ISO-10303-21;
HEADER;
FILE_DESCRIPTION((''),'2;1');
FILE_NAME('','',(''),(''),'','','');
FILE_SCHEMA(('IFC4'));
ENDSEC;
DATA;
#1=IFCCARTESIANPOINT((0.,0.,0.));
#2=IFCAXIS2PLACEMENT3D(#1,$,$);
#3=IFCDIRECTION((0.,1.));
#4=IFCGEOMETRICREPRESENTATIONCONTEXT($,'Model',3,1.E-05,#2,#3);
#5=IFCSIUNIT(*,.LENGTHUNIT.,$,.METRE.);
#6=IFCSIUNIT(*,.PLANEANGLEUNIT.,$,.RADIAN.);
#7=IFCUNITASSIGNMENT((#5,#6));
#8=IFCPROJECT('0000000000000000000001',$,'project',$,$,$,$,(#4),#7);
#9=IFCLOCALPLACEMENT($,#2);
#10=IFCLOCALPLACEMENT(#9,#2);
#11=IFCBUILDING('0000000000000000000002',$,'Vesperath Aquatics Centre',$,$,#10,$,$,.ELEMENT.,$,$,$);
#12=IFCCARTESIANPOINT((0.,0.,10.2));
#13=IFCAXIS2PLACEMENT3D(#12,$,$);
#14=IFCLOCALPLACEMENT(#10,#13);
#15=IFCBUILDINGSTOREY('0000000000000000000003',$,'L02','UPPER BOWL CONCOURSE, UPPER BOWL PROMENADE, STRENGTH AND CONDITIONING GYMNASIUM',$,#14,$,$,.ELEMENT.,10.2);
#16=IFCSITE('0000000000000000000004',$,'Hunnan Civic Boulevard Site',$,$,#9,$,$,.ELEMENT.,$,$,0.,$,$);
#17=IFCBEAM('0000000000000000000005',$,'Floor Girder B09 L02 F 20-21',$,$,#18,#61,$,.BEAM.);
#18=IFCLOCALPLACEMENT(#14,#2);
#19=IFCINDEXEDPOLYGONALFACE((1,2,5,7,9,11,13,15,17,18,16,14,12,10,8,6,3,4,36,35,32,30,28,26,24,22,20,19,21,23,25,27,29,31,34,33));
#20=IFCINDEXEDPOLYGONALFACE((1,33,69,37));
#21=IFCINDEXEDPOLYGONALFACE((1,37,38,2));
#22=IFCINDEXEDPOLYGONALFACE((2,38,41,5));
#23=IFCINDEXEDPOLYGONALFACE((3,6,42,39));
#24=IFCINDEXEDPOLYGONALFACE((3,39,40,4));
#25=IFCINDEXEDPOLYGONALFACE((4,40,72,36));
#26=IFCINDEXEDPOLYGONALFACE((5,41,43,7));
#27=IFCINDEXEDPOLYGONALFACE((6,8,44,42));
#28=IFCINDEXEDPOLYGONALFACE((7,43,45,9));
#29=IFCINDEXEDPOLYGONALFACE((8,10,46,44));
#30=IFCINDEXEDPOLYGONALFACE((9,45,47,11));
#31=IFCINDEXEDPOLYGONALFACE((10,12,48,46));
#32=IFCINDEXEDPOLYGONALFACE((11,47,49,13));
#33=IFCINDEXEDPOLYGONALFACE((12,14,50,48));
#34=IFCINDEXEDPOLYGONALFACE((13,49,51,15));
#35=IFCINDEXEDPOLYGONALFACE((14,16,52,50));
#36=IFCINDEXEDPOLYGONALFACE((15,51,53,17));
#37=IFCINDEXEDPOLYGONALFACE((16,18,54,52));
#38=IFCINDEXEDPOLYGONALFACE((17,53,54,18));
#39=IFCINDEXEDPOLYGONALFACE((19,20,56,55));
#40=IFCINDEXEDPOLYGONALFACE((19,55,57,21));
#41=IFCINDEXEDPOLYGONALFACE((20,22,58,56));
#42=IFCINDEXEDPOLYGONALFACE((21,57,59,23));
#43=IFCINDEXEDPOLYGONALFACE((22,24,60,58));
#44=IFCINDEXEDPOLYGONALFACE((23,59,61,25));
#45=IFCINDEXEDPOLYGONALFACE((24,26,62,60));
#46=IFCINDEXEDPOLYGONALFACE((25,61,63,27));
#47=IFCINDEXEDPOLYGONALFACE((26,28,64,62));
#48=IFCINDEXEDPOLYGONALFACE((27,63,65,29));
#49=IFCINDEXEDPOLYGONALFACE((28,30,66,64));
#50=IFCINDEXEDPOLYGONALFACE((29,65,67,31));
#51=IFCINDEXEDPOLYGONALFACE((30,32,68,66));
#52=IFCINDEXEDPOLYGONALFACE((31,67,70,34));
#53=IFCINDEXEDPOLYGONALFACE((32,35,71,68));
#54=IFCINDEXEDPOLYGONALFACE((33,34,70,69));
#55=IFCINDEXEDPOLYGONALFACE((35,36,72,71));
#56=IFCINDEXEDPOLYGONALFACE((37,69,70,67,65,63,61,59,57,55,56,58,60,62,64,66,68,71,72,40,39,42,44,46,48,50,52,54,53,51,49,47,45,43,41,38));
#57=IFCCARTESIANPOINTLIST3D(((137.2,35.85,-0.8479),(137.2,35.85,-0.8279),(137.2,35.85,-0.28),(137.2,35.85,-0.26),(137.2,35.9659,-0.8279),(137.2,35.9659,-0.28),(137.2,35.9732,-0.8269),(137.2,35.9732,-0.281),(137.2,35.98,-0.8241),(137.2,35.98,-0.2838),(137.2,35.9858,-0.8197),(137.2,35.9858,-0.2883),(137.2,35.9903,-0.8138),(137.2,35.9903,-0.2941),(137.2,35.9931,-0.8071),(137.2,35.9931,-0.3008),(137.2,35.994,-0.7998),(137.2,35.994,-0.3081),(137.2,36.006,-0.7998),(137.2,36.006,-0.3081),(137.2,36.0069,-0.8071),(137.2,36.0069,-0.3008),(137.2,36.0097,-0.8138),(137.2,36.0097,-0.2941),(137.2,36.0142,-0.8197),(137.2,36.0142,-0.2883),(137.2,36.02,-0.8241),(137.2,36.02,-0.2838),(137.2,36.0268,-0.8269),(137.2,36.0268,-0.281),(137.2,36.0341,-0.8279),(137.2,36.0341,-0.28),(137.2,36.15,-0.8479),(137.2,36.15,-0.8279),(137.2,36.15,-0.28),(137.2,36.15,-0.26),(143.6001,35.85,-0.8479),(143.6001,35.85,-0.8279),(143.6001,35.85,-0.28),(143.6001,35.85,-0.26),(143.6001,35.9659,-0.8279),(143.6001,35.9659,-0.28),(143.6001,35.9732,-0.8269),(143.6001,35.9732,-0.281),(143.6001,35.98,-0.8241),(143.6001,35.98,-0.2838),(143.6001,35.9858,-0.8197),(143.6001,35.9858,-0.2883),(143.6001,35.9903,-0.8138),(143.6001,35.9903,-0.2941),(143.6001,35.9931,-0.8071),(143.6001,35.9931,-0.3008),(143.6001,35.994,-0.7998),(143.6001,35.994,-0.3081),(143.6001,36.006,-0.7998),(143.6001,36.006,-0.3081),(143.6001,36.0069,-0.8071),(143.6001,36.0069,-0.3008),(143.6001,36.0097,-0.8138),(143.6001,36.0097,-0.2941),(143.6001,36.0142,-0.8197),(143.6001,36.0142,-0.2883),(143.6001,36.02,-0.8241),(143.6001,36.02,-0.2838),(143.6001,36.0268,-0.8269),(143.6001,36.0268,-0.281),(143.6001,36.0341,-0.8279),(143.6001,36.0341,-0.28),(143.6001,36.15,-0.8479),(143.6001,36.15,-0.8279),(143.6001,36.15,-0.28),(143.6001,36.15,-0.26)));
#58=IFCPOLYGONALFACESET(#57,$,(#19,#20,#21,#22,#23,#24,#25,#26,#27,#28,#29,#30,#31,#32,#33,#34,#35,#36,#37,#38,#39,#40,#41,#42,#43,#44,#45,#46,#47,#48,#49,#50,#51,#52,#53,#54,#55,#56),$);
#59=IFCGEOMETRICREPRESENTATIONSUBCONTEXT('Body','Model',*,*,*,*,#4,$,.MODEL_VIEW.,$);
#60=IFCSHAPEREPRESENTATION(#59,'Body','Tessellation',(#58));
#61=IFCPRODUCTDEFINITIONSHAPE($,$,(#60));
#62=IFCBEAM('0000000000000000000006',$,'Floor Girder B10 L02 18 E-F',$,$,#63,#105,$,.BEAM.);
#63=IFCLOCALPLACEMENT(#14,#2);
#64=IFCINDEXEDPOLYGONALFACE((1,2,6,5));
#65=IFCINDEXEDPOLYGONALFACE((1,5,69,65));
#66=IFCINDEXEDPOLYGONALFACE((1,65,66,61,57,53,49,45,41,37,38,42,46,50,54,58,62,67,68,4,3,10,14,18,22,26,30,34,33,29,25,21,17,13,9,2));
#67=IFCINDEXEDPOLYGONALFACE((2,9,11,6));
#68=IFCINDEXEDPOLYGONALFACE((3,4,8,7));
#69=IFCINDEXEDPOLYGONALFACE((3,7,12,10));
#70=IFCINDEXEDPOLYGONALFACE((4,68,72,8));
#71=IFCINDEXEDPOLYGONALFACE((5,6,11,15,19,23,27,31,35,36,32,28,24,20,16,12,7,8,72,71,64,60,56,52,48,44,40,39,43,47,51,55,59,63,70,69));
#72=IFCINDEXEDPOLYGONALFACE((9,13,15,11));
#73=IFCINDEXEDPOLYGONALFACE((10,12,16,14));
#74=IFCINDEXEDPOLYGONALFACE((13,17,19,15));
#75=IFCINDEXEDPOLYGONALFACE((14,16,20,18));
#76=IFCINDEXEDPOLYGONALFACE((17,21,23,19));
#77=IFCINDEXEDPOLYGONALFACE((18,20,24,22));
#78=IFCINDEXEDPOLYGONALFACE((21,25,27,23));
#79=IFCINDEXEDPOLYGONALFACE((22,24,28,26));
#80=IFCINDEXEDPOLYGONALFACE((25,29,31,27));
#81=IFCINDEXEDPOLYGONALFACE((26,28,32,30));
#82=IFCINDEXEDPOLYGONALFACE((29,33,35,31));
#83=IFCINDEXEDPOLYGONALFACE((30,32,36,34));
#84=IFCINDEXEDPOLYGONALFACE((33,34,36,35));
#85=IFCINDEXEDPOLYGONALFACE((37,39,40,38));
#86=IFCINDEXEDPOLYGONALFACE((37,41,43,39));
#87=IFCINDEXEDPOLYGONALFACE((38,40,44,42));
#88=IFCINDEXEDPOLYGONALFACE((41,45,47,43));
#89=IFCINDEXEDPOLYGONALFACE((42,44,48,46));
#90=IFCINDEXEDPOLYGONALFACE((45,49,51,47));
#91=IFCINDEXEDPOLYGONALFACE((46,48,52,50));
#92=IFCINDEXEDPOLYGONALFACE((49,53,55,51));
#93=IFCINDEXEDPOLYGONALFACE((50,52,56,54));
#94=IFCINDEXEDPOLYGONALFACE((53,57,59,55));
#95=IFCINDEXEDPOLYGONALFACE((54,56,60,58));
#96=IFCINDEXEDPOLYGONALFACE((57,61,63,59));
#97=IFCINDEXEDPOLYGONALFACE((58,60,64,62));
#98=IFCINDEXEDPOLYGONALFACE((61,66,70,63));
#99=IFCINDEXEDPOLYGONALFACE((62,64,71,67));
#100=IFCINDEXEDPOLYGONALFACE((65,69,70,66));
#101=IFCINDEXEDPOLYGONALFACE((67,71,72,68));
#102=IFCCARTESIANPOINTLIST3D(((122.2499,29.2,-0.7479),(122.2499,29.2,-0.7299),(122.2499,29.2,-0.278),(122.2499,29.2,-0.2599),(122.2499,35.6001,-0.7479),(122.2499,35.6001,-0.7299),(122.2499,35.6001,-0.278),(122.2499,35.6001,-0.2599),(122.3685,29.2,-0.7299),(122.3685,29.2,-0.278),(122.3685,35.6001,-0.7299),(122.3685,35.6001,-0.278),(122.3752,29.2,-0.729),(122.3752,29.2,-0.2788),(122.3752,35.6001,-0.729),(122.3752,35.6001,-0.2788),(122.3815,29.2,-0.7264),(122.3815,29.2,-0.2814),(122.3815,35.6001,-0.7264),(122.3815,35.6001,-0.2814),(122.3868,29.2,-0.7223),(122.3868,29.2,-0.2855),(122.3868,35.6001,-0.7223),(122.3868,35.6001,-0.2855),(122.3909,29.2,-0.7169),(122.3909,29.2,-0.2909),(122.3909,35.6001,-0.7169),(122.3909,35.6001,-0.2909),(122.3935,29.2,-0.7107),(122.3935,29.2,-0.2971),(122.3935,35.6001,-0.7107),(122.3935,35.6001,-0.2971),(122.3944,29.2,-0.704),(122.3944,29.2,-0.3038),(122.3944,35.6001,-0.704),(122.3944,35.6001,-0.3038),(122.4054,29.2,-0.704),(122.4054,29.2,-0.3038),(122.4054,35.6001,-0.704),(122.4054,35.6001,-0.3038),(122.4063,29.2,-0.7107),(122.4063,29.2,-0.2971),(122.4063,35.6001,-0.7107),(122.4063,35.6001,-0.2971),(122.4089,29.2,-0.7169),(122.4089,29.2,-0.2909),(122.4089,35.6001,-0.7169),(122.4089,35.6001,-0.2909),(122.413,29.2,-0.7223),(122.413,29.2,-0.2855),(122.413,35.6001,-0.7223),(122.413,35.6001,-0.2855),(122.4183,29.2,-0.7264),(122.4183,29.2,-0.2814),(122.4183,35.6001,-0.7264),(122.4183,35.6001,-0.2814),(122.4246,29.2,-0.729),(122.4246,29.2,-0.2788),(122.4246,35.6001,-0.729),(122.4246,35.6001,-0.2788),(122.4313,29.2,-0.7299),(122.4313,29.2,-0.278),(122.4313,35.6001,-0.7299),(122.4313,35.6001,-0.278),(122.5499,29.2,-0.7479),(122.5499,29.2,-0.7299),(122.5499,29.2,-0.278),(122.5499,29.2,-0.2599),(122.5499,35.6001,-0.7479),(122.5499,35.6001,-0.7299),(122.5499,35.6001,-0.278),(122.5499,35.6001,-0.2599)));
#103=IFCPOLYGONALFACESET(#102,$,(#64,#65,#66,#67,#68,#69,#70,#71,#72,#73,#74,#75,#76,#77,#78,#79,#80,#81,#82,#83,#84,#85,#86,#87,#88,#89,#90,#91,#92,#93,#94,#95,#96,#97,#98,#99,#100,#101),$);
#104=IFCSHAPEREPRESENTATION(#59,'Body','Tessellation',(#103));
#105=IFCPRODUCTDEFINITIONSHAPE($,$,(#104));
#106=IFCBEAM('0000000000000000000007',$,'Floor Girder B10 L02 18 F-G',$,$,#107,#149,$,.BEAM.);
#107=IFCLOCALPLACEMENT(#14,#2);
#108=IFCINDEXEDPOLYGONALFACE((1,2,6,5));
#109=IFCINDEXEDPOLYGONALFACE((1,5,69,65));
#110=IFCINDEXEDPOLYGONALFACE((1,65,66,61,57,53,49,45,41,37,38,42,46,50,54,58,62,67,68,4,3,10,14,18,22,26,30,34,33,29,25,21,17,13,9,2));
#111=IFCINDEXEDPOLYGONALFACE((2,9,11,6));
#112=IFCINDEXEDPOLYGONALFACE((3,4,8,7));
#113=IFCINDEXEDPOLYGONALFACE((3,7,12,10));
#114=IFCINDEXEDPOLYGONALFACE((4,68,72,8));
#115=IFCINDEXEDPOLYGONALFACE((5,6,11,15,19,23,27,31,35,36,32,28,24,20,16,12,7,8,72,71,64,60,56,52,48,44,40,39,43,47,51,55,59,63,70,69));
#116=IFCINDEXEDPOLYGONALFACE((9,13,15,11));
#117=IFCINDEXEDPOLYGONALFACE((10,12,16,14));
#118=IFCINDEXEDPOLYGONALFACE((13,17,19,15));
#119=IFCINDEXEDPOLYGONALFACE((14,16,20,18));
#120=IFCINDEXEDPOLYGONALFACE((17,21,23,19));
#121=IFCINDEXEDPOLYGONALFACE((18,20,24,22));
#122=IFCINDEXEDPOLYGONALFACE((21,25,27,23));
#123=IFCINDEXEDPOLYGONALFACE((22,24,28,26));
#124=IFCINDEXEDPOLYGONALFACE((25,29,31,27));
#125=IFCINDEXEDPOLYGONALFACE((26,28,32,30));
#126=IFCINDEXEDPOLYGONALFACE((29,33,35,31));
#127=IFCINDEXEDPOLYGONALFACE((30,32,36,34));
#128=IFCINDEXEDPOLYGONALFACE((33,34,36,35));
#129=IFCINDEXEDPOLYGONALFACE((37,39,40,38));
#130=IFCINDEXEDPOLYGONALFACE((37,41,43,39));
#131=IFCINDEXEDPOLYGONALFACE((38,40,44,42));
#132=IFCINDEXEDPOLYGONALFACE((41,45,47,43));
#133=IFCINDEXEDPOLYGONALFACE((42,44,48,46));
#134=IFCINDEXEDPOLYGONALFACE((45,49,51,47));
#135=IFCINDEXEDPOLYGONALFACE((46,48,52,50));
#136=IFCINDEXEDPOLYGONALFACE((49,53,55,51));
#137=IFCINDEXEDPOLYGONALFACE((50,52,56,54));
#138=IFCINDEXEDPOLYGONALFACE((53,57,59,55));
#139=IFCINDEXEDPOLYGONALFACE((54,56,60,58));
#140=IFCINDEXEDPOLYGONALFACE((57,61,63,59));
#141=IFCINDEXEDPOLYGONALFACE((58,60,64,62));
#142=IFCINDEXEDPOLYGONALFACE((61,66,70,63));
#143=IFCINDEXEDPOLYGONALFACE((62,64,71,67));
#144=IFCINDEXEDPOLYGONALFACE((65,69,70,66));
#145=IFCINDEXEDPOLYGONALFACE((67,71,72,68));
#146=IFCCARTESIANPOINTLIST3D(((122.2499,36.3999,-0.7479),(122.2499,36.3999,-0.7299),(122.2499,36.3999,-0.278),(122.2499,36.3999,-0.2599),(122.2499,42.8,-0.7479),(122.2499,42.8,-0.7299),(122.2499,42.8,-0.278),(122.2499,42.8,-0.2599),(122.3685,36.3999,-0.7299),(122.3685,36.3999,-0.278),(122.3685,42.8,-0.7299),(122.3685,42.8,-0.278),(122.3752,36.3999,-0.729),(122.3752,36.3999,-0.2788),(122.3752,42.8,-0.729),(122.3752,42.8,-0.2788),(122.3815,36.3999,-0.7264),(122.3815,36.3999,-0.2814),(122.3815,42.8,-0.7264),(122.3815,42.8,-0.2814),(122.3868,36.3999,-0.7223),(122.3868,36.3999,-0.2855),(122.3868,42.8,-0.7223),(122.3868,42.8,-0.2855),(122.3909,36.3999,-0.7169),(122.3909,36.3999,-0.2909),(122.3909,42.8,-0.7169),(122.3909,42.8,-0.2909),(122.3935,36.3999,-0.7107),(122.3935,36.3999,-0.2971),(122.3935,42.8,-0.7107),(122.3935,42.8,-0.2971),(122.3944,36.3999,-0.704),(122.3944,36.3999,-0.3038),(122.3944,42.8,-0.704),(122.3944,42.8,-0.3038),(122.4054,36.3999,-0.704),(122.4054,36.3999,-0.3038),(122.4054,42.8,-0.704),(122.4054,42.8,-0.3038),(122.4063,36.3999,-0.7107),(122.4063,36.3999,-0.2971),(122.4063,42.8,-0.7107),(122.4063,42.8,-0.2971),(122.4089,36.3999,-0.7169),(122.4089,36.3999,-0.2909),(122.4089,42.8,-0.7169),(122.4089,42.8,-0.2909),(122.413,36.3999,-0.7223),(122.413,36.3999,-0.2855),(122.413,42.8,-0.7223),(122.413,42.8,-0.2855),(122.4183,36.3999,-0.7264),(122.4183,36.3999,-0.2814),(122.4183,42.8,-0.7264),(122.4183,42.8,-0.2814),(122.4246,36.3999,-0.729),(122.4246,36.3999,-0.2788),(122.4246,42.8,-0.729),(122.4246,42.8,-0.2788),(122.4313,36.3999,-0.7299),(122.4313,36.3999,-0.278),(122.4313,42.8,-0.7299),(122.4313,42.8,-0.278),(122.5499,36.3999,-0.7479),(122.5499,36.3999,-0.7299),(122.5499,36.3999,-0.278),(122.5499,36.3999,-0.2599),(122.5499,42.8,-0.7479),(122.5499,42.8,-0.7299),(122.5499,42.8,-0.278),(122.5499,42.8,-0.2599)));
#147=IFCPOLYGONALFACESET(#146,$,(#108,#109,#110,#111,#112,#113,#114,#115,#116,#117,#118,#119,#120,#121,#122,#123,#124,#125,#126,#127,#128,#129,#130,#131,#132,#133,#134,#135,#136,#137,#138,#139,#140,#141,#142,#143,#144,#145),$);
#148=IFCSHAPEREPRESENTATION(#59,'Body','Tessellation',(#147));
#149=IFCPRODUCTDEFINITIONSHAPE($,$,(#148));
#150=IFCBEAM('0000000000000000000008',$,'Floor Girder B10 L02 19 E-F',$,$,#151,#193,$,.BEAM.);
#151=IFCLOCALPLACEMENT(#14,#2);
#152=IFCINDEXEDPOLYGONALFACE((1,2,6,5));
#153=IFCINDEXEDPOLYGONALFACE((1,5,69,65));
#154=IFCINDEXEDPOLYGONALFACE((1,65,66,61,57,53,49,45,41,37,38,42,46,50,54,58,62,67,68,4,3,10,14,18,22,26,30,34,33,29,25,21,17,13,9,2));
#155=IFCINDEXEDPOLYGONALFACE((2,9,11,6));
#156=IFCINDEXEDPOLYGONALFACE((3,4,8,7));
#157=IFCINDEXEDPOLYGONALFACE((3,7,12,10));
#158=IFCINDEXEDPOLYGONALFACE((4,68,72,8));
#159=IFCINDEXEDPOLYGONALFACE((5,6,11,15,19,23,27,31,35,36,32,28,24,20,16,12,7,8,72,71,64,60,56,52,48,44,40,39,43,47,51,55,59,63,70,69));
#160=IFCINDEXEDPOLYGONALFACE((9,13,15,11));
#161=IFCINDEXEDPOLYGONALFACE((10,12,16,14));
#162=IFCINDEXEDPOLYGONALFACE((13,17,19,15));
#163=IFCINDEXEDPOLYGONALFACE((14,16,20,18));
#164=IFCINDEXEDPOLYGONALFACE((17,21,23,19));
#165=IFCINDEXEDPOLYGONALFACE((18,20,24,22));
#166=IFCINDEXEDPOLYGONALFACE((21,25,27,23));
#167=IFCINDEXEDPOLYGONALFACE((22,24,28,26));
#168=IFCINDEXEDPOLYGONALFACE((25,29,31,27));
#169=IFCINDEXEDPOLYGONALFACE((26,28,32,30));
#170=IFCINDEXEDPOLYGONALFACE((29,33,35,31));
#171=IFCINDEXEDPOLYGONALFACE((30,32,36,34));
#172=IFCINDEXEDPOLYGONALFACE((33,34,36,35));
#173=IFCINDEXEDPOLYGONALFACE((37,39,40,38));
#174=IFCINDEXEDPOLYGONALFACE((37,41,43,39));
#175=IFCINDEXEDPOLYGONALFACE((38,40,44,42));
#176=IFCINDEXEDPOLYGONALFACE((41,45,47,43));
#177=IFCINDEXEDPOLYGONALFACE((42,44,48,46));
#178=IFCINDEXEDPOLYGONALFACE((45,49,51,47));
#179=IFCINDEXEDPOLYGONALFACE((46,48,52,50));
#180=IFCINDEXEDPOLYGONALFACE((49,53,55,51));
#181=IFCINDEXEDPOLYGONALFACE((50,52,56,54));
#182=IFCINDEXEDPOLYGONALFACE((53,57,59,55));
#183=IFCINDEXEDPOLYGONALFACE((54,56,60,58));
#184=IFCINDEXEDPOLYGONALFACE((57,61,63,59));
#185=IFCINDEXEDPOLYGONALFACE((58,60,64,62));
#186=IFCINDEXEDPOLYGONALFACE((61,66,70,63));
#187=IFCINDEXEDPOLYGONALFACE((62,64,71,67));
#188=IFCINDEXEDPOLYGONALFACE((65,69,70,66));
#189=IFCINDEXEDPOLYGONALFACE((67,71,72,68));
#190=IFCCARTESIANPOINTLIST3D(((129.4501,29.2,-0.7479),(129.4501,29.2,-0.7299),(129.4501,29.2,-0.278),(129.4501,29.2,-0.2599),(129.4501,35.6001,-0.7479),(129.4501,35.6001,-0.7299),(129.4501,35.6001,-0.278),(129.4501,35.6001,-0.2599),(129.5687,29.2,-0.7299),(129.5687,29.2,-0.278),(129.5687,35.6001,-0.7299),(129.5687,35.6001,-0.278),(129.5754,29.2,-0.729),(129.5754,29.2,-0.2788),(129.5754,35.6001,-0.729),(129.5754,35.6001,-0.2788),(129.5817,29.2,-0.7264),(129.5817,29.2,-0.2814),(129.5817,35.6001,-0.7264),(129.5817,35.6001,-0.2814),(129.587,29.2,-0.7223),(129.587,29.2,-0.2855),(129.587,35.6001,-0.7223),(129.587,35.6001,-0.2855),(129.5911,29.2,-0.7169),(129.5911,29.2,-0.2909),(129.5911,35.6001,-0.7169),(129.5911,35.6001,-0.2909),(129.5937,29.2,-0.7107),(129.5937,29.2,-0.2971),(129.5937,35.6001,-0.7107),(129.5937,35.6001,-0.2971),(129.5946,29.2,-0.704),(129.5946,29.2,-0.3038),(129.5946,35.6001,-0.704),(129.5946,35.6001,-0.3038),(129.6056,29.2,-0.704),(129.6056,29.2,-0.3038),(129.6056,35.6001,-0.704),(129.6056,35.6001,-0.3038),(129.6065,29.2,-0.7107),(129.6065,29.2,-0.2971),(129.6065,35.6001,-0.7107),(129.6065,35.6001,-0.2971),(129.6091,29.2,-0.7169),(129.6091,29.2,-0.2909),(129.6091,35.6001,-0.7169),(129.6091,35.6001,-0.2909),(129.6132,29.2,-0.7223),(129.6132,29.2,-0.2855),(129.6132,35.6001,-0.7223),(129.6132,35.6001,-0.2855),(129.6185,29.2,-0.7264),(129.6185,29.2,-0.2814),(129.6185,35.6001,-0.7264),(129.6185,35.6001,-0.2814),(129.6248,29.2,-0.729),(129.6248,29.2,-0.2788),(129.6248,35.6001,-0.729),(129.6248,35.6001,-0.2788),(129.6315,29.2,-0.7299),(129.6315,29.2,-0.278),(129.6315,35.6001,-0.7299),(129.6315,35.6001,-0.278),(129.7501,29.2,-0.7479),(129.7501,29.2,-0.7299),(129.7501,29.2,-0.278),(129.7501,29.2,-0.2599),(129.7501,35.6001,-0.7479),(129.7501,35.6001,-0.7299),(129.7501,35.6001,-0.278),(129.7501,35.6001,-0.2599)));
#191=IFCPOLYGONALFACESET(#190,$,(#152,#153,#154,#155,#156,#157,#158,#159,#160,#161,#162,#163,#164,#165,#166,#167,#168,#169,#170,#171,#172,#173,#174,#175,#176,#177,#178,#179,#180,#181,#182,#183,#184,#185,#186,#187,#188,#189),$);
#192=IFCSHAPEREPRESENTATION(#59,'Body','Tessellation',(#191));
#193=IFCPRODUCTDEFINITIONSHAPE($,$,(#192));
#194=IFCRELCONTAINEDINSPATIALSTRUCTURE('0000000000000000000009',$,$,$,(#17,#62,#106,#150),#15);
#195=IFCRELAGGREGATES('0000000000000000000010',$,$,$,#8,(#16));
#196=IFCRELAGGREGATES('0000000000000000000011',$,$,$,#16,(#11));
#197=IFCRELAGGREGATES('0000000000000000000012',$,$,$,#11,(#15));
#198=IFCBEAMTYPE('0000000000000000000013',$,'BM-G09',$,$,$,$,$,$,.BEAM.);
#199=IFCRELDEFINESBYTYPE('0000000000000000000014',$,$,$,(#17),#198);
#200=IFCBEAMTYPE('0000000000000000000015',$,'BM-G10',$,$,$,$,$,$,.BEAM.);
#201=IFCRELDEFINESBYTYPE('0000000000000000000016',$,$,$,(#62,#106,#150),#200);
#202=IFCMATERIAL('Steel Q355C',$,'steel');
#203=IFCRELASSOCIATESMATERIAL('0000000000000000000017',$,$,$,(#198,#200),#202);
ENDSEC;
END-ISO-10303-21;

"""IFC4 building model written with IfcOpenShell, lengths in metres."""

from ifc_helpers import new_model, si_unit, direction, frame, origin, origin_2d, place, context, subcontext, project, spatial, i_section, extrude, material, material_profile, profile_set, type_object, element, save


model = new_model("IFC4")

# Units and contexts
model_context = context("Model", 3, precision=1e-05, world=origin(), true_north=direction((0.0, 1.0)))
body_context = subcontext(model_context, "Body", "Model", "MODEL_VIEW")
ifc_project = project(units=[si_unit("LENGTHUNIT", "METRE"), si_unit("PLANEANGLEUNIT", "RADIAN")], contexts=[model_context])

# Site, building, storey
site_placement = place(None, origin())
site = spatial("IfcSite", under=ifc_project, at=site_placement, Name="Hunnan Civic Boulevard Site", CompositionType="ELEMENT", RefElevation=0.0)
building_placement = place(site_placement, origin())
building = spatial("IfcBuilding", under=site, at=building_placement, Name="Vesperath Aquatics Centre", CompositionType="ELEMENT")
storey_placement = place(building_placement, frame((0.0, 0.0, 10.2)))
storey = spatial("IfcBuildingStorey", under=building, at=storey_placement, Name="L02", Description="UPPER BOWL CONCOURSE, UPPER BOWL PROMENADE, STRENGTH AND CONDITIONING GYMNASIUM", CompositionType="ELEMENT", Elevation=10.2)

# Beams
ifc_material_1 = material(Name="Steel Q355C", Category="steel")
ifc_material_profile_1 = material_profile(ifc_material_1, i_section(OverallWidth=0.3, OverallDepth=0.5879, WebThickness=0.012, FlangeThickness=0.02, FilletRadius=0.0281, at=origin_2d()), Name="HM 588x300x12x20")
ifc_profile_set_1 = profile_set([ifc_material_profile_1], Name="Steel Q355C")
beam_type_1 = type_object("IfcBeamType", Name="BM-G09", PredefinedType="BEAM", material=ifc_profile_set_1)
beam_1_placement = place(storey_placement, frame((137.2, 36.0, -0.554), z_axis=(1.0, 0.0, 0.0), x_axis=(0.0, 1.0, 0.0)))
element("IfcBeam", 1, at=beam_1_placement, inside=storey, type_object=beam_type_1, Name="Floor Girder B09 L02 F 20-21", PredefinedType="BEAM", context=body_context, shape_type="SweptSolid", body=[
    extrude(i_section(OverallWidth=0.3, OverallDepth=0.5879, WebThickness=0.012, FlangeThickness=0.02, FilletRadius=0.0281, at=origin_2d()), origin(), (0.0, 0.0, 1.0), 6.4001),
])
ifc_material_profile_2 = material_profile(ifc_material_1, i_section(OverallWidth=0.3, OverallDepth=0.488, WebThickness=0.011, FlangeThickness=0.0181, FilletRadius=0.0259, at=origin_2d()), Name="HM 488x300x11x18")
ifc_profile_set_2 = profile_set([ifc_material_profile_2], Name="Steel Q355C")
beam_type_2 = type_object("IfcBeamType", Name="BM-G10", PredefinedType="BEAM", material=ifc_profile_set_2)
for number, where, z_axis, x_axis, name in (
    (2, (122.3999, 29.2, -0.5039), (0.0, 1.0, 0.0), (-1.0, 0.0, 0.0), "Floor Girder B10 L02 18 E-F"),
    (3, (122.3999, 36.3999, -0.5039), (0.0, 1.0, 0.0), (-1.0, 0.0, 0.0), "Floor Girder B10 L02 18 F-G"),
    (4, (129.6001, 29.2, -0.5039), (0.0, 1.0, 0.0), (-1.0, 0.0, 0.0), "Floor Girder B10 L02 19 E-F"),
):
    element("IfcBeam", number, at=place(storey_placement, frame(where, z_axis=z_axis, x_axis=x_axis)), inside=storey, type_object=beam_type_2, Name=name, PredefinedType="BEAM", context=body_context, shape_type="SweptSolid", body=[
        extrude(i_section(OverallWidth=0.3, OverallDepth=0.488, WebThickness=0.011, FlangeThickness=0.0181, FilletRadius=0.0259, at=origin_2d()), origin(), (0.0, 0.0, 1.0), 6.4001),
    ])

save(model, "model.ifc")
